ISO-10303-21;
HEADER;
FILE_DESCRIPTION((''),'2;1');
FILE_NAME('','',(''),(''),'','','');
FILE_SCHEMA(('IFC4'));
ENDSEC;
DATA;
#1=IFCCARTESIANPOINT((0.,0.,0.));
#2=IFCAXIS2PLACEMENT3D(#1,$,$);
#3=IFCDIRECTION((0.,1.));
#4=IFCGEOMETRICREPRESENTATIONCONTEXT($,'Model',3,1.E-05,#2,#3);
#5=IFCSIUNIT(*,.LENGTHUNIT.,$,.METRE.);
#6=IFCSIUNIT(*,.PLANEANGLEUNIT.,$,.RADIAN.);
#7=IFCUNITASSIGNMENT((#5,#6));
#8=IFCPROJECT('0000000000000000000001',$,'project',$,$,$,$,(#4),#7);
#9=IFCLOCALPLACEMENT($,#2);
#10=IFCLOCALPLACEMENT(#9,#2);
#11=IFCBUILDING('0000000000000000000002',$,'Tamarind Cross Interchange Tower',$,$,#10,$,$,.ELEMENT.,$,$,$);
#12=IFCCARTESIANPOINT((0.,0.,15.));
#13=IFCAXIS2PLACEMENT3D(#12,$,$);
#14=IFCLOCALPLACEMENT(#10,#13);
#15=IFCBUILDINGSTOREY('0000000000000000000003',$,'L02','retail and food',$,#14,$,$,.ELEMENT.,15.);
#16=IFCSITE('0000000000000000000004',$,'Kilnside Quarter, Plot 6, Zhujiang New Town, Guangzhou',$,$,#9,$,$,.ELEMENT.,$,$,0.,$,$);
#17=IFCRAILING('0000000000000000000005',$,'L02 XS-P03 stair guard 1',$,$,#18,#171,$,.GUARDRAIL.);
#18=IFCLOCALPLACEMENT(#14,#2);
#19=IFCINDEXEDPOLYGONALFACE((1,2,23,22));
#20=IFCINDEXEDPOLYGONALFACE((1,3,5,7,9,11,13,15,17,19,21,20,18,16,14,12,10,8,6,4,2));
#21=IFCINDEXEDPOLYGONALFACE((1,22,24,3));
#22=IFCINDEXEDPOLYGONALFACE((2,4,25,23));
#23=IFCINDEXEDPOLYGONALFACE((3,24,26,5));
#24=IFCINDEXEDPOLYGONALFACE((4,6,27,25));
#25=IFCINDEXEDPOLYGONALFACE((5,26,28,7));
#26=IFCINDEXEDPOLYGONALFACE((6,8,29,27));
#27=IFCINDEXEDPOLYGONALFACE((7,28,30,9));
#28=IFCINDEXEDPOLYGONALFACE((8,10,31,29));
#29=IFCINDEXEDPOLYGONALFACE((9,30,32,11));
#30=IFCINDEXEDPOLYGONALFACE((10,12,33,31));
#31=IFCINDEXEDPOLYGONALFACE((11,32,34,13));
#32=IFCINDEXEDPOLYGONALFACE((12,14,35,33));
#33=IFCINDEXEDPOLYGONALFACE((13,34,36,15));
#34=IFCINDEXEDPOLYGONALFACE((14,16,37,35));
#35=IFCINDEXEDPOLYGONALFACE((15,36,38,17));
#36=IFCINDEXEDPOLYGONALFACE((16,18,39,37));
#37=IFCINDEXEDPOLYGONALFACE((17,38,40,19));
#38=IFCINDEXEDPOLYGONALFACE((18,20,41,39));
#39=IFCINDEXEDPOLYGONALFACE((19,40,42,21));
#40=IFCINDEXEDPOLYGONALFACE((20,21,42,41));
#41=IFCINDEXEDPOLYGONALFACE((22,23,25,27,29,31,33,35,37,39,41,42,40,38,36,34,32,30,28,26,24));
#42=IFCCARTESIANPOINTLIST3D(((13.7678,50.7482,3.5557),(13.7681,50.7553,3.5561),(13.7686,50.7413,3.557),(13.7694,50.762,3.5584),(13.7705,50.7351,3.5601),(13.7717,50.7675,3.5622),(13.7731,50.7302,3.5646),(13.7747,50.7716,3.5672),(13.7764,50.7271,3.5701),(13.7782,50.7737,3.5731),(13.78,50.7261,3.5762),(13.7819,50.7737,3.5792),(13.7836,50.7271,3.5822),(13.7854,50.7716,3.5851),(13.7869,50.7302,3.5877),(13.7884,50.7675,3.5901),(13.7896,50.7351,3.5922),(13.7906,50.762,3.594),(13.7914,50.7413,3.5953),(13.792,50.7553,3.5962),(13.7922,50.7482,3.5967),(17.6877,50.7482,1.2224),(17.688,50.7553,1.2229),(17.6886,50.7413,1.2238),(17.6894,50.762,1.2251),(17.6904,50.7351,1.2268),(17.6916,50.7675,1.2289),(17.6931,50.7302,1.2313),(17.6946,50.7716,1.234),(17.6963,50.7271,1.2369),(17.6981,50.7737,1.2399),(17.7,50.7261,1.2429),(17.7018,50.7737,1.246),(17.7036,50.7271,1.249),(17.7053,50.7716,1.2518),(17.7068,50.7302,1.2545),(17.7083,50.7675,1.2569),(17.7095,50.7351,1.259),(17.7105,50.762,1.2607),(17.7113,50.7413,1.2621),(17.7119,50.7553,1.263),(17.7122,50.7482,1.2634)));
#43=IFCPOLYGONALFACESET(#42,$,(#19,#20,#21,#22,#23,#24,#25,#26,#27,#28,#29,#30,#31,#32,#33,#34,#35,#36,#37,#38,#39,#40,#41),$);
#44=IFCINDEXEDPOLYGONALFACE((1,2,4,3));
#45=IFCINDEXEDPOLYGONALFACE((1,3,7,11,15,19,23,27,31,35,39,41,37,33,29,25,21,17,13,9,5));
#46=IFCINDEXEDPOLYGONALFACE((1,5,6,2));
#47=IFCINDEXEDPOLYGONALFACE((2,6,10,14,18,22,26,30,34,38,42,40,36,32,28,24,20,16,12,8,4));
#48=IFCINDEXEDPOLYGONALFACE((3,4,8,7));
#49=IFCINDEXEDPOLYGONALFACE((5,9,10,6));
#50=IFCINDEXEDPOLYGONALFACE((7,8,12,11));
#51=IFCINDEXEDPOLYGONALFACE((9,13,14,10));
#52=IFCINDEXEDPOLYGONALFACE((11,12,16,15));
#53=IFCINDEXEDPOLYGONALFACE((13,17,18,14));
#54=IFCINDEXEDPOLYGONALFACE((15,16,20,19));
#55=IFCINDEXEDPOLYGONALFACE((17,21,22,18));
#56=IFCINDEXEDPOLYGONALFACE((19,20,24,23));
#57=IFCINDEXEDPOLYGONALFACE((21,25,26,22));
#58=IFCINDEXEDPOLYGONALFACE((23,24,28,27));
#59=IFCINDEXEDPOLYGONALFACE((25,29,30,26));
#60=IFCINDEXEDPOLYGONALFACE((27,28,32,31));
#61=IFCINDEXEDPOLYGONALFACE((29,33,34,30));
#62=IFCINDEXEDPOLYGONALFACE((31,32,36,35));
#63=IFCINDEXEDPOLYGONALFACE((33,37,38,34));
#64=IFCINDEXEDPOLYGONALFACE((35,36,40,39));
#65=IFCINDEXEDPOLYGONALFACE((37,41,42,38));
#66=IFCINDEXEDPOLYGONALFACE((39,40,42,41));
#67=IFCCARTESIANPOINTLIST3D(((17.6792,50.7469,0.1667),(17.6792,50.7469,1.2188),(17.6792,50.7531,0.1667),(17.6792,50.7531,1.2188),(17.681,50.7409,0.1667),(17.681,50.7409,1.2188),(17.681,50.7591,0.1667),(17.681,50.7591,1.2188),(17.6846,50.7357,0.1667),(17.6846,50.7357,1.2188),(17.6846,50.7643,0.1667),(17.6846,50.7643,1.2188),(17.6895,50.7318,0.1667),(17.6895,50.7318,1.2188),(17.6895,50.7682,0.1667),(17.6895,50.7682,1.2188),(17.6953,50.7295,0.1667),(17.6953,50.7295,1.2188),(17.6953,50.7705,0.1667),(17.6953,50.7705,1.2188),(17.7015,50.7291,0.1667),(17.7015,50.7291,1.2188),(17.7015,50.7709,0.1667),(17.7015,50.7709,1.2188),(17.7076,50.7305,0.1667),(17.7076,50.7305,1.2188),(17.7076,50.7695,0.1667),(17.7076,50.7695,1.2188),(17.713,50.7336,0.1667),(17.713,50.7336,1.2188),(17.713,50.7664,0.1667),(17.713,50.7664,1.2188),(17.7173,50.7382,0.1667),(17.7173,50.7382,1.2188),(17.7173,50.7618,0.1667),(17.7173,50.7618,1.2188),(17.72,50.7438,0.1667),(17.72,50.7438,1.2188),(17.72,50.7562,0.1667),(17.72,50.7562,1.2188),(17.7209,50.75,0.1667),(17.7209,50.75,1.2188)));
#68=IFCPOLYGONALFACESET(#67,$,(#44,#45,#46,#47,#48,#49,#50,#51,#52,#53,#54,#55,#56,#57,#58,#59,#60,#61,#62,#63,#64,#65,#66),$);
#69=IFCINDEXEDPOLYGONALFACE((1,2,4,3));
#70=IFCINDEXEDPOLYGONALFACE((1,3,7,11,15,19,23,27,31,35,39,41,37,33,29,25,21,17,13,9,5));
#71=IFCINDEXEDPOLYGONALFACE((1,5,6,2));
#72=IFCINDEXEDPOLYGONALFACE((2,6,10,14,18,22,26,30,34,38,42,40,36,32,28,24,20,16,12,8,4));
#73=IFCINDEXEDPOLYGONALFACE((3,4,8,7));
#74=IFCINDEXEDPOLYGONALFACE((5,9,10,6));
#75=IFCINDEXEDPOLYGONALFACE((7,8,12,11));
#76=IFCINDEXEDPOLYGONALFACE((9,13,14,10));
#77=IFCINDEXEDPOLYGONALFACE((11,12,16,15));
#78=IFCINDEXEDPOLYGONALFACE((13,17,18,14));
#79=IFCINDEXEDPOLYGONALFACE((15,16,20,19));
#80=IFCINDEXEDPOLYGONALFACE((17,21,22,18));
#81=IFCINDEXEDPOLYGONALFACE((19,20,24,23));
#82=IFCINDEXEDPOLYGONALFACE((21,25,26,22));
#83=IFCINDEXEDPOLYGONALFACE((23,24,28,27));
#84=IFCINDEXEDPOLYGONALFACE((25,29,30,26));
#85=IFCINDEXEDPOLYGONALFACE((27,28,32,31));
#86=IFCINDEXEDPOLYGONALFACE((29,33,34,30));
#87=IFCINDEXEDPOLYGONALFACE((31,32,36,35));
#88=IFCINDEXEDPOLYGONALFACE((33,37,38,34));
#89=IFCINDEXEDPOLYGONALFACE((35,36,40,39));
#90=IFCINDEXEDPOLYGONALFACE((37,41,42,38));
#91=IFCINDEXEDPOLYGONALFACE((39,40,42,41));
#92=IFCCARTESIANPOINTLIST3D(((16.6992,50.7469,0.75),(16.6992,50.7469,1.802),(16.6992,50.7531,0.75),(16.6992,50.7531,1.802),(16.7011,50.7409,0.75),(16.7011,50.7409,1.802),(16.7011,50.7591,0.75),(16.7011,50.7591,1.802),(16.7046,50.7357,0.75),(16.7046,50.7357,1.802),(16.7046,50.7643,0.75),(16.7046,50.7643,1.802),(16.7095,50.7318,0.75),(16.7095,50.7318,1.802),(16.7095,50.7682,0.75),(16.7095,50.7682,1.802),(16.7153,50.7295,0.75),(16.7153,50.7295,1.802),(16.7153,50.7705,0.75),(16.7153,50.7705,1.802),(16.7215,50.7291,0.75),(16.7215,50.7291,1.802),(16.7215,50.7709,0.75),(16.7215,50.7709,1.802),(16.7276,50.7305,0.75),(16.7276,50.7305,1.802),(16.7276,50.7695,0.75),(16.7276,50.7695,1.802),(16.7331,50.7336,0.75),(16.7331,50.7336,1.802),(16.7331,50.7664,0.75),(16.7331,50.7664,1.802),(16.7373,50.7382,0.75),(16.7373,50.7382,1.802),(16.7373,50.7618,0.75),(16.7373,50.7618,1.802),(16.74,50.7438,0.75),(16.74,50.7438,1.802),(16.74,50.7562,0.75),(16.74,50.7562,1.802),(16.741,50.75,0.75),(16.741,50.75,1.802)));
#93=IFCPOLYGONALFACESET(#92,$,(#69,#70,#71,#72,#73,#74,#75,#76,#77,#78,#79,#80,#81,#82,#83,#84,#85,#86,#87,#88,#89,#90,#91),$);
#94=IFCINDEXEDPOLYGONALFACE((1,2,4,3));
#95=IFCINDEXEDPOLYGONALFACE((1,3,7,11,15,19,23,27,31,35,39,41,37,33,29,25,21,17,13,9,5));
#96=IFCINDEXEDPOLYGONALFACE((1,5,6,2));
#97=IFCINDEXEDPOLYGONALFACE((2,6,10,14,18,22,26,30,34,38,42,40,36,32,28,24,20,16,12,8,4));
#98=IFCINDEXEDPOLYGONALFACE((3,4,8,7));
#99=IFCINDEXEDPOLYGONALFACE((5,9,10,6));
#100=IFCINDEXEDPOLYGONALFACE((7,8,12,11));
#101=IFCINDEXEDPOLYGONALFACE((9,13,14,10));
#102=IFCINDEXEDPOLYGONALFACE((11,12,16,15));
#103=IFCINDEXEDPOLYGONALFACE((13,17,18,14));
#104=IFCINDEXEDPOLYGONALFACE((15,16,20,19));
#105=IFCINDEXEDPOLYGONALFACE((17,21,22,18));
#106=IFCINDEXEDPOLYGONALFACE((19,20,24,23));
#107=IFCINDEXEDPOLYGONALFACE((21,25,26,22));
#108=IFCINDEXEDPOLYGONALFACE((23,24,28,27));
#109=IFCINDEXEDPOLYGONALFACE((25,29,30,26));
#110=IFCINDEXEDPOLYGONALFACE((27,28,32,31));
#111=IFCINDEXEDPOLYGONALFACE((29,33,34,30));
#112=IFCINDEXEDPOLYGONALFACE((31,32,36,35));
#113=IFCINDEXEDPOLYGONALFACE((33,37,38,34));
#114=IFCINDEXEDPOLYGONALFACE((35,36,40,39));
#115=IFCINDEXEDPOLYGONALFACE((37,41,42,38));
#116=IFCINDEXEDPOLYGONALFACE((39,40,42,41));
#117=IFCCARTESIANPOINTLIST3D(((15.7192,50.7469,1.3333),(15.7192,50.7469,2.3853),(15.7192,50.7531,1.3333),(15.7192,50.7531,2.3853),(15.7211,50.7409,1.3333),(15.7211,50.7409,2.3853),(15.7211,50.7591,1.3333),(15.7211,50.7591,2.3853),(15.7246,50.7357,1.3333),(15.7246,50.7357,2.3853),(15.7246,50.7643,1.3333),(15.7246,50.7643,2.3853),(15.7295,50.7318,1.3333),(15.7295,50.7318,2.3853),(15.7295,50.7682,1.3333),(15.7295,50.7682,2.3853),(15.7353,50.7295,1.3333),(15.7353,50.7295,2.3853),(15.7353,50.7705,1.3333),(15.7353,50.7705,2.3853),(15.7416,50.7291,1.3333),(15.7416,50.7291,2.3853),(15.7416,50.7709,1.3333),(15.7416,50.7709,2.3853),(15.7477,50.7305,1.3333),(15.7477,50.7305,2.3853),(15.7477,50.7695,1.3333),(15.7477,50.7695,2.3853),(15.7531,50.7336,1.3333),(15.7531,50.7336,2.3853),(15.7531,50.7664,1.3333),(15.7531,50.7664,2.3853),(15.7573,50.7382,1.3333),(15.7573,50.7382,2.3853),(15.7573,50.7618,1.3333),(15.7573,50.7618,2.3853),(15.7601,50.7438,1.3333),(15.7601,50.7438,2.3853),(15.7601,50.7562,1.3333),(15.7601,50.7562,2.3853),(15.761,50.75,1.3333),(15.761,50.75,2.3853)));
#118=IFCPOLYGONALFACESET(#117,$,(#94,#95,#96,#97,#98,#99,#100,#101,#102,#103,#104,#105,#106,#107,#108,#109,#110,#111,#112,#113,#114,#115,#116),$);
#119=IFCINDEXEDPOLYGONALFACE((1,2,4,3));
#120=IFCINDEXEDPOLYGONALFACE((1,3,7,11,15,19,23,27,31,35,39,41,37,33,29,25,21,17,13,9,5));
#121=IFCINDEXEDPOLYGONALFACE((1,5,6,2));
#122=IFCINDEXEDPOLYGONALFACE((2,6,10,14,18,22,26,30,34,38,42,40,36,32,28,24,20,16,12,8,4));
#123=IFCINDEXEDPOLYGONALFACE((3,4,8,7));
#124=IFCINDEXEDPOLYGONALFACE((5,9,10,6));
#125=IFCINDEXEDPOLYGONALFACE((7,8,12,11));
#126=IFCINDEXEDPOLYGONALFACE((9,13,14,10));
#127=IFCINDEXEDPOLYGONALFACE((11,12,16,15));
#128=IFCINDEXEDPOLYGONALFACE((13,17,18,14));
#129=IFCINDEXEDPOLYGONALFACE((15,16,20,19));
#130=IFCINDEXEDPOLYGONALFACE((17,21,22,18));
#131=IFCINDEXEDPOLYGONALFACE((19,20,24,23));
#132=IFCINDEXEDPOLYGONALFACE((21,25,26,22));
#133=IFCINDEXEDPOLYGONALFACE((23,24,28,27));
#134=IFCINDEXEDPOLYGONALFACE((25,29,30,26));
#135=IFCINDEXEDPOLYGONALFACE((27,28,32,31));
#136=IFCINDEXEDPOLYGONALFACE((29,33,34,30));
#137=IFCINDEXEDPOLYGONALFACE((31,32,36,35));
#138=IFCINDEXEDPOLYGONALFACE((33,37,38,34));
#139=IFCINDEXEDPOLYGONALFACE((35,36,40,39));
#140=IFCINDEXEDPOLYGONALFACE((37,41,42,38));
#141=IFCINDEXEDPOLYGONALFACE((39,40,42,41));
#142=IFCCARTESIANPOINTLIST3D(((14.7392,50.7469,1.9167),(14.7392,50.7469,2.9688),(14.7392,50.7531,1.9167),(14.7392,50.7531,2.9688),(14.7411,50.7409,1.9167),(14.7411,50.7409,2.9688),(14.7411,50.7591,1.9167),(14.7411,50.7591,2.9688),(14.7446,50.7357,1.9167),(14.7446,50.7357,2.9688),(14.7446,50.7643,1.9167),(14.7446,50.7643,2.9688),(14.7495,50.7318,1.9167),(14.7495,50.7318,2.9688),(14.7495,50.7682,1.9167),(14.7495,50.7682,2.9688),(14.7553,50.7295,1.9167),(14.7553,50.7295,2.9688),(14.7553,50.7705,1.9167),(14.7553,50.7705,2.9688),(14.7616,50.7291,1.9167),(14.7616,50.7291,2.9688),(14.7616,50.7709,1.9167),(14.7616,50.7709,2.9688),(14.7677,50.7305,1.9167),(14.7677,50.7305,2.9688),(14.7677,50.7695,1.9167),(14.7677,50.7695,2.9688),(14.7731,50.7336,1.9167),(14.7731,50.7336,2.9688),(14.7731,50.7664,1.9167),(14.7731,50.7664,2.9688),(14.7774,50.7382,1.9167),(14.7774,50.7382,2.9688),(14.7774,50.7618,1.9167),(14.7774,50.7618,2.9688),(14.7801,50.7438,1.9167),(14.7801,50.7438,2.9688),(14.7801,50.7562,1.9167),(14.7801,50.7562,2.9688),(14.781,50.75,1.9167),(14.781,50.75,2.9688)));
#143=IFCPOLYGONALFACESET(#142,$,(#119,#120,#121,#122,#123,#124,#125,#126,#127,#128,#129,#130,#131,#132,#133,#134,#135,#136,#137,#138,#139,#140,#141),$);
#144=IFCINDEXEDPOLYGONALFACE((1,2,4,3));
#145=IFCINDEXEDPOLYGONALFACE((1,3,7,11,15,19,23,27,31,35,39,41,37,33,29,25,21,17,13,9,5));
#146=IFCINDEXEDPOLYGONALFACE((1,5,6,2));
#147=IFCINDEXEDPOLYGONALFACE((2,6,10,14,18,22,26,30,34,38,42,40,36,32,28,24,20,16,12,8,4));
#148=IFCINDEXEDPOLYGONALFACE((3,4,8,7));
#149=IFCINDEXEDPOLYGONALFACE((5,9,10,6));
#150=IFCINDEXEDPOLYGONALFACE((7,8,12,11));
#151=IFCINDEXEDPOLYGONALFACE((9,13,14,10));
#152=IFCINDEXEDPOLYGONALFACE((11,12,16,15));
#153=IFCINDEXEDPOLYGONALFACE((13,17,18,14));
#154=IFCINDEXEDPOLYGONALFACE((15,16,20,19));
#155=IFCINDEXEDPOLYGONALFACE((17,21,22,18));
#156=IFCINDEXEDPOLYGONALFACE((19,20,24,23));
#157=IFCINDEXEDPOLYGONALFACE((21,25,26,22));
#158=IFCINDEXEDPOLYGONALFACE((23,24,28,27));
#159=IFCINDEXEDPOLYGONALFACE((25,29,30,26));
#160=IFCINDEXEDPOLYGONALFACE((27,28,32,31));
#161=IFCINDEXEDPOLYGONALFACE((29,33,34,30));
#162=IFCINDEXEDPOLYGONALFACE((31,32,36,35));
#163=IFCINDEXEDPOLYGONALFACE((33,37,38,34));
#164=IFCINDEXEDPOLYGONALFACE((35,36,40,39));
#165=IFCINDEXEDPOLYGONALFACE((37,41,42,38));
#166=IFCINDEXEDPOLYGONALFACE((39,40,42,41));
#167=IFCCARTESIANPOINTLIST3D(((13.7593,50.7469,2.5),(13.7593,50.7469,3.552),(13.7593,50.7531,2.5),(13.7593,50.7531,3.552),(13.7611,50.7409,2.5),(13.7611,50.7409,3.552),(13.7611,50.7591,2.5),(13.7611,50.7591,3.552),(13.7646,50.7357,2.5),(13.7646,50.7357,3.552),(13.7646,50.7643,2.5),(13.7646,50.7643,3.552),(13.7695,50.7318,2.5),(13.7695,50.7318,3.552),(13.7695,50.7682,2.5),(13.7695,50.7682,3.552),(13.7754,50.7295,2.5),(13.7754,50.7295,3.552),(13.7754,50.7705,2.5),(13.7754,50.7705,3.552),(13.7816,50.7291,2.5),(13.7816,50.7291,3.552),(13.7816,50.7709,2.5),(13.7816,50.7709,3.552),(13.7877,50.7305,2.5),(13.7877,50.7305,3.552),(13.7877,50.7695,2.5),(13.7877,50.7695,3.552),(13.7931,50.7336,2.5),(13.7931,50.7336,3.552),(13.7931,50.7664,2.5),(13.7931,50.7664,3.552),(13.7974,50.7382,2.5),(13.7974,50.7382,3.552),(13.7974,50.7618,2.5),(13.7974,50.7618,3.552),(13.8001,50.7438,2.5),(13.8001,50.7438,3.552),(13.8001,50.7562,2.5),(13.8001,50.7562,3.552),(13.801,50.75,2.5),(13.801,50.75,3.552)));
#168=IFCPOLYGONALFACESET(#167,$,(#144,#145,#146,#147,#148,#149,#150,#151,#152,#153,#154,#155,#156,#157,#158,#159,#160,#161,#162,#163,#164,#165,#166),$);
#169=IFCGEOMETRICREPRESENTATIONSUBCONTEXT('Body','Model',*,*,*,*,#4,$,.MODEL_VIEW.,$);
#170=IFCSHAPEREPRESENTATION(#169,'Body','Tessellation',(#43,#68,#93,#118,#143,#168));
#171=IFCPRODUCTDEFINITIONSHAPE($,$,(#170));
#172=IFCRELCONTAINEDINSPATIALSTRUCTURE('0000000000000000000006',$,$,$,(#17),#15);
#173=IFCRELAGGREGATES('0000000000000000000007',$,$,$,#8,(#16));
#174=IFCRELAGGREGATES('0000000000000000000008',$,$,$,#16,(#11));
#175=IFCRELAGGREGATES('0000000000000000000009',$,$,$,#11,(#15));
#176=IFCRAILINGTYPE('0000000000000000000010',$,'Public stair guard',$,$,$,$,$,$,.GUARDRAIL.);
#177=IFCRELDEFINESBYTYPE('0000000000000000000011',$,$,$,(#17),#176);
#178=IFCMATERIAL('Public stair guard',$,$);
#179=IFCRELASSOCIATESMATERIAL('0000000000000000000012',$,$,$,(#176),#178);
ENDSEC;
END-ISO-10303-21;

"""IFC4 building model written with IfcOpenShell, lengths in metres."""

from ifc_helpers import new_model, si_unit, direction, frame, origin, origin_2d, place, context, subcontext, project, spatial, circle, extrude, material, type_object, element, save


model = new_model("IFC4")

# Units and contexts
model_context = context("Model", 3, precision=1e-05, world=origin(), true_north=direction((0.0, 1.0)))
body_context = subcontext(model_context, "Body", "Model", "MODEL_VIEW")
ifc_project = project(units=[si_unit("LENGTHUNIT", "METRE"), si_unit("PLANEANGLEUNIT", "RADIAN")], contexts=[model_context])

# Site, building, storey
site_placement = place(None, origin())
site = spatial("IfcSite", under=ifc_project, at=site_placement, Name="Kilnside Quarter, Plot 6, Zhujiang New Town, Guangzhou", CompositionType="ELEMENT", RefElevation=0.0)
building_placement = place(site_placement, origin())
building = spatial("IfcBuilding", under=site, at=building_placement, Name="Tamarind Cross Interchange Tower", CompositionType="ELEMENT")
storey_placement = place(building_placement, frame((0.0, 0.0, 15.0)))
storey = spatial("IfcBuildingStorey", under=building, at=storey_placement, Name="L02", Description="retail and food", CompositionType="ELEMENT", Elevation=15.0)

# Railing
ifc_material_1 = material(Name="Public stair guard")
railing_type_1 = type_object("IfcRailingType", Name="Public stair guard", PredefinedType="GUARDRAIL", material=ifc_material_1)
railing_1_placement = place(storey_placement, frame((17.7, 50.75, 0.1667)))
element("IfcRailing", 1, at=railing_1_placement, inside=storey, type_object=railing_type_1, Name="L02 XS-P03 stair guard 1", PredefinedType="GUARDRAIL", context=body_context, shape_type="SweptSolid", body=[
    extrude(circle(Radius=0.0239, at=origin_2d()), frame((0.0, 0.0, 1.0762), z_axis=(-0.859296, 0.0, 0.511478), x_axis=(0.0, -1.0, 0.0)), (0.0, 0.0, 1.0), 4.5618),
    extrude(circle(Radius=0.021, at=origin_2d()), origin(), (0.0, 0.0, 1.0), 1.052),
    extrude(circle(Radius=0.021, at=origin_2d()), frame((-0.98, 0.0, 0.5833)), (0.0, 0.0, 1.0), 1.052),
    extrude(circle(Radius=0.021, at=origin_2d()), frame((-1.96, 0.0, 1.1665)), (0.0, 0.0, 1.0), 1.052),
    extrude(circle(Radius=0.021, at=origin_2d()), frame((-2.9399, 0.0, 1.75)), (0.0, 0.0, 1.0), 1.052),
    extrude(circle(Radius=0.021, at=origin_2d()), frame((-3.9199, 0.0, 2.3333)), (0.0, 0.0, 1.0), 1.052),
])

save(model, "model.ifc")
